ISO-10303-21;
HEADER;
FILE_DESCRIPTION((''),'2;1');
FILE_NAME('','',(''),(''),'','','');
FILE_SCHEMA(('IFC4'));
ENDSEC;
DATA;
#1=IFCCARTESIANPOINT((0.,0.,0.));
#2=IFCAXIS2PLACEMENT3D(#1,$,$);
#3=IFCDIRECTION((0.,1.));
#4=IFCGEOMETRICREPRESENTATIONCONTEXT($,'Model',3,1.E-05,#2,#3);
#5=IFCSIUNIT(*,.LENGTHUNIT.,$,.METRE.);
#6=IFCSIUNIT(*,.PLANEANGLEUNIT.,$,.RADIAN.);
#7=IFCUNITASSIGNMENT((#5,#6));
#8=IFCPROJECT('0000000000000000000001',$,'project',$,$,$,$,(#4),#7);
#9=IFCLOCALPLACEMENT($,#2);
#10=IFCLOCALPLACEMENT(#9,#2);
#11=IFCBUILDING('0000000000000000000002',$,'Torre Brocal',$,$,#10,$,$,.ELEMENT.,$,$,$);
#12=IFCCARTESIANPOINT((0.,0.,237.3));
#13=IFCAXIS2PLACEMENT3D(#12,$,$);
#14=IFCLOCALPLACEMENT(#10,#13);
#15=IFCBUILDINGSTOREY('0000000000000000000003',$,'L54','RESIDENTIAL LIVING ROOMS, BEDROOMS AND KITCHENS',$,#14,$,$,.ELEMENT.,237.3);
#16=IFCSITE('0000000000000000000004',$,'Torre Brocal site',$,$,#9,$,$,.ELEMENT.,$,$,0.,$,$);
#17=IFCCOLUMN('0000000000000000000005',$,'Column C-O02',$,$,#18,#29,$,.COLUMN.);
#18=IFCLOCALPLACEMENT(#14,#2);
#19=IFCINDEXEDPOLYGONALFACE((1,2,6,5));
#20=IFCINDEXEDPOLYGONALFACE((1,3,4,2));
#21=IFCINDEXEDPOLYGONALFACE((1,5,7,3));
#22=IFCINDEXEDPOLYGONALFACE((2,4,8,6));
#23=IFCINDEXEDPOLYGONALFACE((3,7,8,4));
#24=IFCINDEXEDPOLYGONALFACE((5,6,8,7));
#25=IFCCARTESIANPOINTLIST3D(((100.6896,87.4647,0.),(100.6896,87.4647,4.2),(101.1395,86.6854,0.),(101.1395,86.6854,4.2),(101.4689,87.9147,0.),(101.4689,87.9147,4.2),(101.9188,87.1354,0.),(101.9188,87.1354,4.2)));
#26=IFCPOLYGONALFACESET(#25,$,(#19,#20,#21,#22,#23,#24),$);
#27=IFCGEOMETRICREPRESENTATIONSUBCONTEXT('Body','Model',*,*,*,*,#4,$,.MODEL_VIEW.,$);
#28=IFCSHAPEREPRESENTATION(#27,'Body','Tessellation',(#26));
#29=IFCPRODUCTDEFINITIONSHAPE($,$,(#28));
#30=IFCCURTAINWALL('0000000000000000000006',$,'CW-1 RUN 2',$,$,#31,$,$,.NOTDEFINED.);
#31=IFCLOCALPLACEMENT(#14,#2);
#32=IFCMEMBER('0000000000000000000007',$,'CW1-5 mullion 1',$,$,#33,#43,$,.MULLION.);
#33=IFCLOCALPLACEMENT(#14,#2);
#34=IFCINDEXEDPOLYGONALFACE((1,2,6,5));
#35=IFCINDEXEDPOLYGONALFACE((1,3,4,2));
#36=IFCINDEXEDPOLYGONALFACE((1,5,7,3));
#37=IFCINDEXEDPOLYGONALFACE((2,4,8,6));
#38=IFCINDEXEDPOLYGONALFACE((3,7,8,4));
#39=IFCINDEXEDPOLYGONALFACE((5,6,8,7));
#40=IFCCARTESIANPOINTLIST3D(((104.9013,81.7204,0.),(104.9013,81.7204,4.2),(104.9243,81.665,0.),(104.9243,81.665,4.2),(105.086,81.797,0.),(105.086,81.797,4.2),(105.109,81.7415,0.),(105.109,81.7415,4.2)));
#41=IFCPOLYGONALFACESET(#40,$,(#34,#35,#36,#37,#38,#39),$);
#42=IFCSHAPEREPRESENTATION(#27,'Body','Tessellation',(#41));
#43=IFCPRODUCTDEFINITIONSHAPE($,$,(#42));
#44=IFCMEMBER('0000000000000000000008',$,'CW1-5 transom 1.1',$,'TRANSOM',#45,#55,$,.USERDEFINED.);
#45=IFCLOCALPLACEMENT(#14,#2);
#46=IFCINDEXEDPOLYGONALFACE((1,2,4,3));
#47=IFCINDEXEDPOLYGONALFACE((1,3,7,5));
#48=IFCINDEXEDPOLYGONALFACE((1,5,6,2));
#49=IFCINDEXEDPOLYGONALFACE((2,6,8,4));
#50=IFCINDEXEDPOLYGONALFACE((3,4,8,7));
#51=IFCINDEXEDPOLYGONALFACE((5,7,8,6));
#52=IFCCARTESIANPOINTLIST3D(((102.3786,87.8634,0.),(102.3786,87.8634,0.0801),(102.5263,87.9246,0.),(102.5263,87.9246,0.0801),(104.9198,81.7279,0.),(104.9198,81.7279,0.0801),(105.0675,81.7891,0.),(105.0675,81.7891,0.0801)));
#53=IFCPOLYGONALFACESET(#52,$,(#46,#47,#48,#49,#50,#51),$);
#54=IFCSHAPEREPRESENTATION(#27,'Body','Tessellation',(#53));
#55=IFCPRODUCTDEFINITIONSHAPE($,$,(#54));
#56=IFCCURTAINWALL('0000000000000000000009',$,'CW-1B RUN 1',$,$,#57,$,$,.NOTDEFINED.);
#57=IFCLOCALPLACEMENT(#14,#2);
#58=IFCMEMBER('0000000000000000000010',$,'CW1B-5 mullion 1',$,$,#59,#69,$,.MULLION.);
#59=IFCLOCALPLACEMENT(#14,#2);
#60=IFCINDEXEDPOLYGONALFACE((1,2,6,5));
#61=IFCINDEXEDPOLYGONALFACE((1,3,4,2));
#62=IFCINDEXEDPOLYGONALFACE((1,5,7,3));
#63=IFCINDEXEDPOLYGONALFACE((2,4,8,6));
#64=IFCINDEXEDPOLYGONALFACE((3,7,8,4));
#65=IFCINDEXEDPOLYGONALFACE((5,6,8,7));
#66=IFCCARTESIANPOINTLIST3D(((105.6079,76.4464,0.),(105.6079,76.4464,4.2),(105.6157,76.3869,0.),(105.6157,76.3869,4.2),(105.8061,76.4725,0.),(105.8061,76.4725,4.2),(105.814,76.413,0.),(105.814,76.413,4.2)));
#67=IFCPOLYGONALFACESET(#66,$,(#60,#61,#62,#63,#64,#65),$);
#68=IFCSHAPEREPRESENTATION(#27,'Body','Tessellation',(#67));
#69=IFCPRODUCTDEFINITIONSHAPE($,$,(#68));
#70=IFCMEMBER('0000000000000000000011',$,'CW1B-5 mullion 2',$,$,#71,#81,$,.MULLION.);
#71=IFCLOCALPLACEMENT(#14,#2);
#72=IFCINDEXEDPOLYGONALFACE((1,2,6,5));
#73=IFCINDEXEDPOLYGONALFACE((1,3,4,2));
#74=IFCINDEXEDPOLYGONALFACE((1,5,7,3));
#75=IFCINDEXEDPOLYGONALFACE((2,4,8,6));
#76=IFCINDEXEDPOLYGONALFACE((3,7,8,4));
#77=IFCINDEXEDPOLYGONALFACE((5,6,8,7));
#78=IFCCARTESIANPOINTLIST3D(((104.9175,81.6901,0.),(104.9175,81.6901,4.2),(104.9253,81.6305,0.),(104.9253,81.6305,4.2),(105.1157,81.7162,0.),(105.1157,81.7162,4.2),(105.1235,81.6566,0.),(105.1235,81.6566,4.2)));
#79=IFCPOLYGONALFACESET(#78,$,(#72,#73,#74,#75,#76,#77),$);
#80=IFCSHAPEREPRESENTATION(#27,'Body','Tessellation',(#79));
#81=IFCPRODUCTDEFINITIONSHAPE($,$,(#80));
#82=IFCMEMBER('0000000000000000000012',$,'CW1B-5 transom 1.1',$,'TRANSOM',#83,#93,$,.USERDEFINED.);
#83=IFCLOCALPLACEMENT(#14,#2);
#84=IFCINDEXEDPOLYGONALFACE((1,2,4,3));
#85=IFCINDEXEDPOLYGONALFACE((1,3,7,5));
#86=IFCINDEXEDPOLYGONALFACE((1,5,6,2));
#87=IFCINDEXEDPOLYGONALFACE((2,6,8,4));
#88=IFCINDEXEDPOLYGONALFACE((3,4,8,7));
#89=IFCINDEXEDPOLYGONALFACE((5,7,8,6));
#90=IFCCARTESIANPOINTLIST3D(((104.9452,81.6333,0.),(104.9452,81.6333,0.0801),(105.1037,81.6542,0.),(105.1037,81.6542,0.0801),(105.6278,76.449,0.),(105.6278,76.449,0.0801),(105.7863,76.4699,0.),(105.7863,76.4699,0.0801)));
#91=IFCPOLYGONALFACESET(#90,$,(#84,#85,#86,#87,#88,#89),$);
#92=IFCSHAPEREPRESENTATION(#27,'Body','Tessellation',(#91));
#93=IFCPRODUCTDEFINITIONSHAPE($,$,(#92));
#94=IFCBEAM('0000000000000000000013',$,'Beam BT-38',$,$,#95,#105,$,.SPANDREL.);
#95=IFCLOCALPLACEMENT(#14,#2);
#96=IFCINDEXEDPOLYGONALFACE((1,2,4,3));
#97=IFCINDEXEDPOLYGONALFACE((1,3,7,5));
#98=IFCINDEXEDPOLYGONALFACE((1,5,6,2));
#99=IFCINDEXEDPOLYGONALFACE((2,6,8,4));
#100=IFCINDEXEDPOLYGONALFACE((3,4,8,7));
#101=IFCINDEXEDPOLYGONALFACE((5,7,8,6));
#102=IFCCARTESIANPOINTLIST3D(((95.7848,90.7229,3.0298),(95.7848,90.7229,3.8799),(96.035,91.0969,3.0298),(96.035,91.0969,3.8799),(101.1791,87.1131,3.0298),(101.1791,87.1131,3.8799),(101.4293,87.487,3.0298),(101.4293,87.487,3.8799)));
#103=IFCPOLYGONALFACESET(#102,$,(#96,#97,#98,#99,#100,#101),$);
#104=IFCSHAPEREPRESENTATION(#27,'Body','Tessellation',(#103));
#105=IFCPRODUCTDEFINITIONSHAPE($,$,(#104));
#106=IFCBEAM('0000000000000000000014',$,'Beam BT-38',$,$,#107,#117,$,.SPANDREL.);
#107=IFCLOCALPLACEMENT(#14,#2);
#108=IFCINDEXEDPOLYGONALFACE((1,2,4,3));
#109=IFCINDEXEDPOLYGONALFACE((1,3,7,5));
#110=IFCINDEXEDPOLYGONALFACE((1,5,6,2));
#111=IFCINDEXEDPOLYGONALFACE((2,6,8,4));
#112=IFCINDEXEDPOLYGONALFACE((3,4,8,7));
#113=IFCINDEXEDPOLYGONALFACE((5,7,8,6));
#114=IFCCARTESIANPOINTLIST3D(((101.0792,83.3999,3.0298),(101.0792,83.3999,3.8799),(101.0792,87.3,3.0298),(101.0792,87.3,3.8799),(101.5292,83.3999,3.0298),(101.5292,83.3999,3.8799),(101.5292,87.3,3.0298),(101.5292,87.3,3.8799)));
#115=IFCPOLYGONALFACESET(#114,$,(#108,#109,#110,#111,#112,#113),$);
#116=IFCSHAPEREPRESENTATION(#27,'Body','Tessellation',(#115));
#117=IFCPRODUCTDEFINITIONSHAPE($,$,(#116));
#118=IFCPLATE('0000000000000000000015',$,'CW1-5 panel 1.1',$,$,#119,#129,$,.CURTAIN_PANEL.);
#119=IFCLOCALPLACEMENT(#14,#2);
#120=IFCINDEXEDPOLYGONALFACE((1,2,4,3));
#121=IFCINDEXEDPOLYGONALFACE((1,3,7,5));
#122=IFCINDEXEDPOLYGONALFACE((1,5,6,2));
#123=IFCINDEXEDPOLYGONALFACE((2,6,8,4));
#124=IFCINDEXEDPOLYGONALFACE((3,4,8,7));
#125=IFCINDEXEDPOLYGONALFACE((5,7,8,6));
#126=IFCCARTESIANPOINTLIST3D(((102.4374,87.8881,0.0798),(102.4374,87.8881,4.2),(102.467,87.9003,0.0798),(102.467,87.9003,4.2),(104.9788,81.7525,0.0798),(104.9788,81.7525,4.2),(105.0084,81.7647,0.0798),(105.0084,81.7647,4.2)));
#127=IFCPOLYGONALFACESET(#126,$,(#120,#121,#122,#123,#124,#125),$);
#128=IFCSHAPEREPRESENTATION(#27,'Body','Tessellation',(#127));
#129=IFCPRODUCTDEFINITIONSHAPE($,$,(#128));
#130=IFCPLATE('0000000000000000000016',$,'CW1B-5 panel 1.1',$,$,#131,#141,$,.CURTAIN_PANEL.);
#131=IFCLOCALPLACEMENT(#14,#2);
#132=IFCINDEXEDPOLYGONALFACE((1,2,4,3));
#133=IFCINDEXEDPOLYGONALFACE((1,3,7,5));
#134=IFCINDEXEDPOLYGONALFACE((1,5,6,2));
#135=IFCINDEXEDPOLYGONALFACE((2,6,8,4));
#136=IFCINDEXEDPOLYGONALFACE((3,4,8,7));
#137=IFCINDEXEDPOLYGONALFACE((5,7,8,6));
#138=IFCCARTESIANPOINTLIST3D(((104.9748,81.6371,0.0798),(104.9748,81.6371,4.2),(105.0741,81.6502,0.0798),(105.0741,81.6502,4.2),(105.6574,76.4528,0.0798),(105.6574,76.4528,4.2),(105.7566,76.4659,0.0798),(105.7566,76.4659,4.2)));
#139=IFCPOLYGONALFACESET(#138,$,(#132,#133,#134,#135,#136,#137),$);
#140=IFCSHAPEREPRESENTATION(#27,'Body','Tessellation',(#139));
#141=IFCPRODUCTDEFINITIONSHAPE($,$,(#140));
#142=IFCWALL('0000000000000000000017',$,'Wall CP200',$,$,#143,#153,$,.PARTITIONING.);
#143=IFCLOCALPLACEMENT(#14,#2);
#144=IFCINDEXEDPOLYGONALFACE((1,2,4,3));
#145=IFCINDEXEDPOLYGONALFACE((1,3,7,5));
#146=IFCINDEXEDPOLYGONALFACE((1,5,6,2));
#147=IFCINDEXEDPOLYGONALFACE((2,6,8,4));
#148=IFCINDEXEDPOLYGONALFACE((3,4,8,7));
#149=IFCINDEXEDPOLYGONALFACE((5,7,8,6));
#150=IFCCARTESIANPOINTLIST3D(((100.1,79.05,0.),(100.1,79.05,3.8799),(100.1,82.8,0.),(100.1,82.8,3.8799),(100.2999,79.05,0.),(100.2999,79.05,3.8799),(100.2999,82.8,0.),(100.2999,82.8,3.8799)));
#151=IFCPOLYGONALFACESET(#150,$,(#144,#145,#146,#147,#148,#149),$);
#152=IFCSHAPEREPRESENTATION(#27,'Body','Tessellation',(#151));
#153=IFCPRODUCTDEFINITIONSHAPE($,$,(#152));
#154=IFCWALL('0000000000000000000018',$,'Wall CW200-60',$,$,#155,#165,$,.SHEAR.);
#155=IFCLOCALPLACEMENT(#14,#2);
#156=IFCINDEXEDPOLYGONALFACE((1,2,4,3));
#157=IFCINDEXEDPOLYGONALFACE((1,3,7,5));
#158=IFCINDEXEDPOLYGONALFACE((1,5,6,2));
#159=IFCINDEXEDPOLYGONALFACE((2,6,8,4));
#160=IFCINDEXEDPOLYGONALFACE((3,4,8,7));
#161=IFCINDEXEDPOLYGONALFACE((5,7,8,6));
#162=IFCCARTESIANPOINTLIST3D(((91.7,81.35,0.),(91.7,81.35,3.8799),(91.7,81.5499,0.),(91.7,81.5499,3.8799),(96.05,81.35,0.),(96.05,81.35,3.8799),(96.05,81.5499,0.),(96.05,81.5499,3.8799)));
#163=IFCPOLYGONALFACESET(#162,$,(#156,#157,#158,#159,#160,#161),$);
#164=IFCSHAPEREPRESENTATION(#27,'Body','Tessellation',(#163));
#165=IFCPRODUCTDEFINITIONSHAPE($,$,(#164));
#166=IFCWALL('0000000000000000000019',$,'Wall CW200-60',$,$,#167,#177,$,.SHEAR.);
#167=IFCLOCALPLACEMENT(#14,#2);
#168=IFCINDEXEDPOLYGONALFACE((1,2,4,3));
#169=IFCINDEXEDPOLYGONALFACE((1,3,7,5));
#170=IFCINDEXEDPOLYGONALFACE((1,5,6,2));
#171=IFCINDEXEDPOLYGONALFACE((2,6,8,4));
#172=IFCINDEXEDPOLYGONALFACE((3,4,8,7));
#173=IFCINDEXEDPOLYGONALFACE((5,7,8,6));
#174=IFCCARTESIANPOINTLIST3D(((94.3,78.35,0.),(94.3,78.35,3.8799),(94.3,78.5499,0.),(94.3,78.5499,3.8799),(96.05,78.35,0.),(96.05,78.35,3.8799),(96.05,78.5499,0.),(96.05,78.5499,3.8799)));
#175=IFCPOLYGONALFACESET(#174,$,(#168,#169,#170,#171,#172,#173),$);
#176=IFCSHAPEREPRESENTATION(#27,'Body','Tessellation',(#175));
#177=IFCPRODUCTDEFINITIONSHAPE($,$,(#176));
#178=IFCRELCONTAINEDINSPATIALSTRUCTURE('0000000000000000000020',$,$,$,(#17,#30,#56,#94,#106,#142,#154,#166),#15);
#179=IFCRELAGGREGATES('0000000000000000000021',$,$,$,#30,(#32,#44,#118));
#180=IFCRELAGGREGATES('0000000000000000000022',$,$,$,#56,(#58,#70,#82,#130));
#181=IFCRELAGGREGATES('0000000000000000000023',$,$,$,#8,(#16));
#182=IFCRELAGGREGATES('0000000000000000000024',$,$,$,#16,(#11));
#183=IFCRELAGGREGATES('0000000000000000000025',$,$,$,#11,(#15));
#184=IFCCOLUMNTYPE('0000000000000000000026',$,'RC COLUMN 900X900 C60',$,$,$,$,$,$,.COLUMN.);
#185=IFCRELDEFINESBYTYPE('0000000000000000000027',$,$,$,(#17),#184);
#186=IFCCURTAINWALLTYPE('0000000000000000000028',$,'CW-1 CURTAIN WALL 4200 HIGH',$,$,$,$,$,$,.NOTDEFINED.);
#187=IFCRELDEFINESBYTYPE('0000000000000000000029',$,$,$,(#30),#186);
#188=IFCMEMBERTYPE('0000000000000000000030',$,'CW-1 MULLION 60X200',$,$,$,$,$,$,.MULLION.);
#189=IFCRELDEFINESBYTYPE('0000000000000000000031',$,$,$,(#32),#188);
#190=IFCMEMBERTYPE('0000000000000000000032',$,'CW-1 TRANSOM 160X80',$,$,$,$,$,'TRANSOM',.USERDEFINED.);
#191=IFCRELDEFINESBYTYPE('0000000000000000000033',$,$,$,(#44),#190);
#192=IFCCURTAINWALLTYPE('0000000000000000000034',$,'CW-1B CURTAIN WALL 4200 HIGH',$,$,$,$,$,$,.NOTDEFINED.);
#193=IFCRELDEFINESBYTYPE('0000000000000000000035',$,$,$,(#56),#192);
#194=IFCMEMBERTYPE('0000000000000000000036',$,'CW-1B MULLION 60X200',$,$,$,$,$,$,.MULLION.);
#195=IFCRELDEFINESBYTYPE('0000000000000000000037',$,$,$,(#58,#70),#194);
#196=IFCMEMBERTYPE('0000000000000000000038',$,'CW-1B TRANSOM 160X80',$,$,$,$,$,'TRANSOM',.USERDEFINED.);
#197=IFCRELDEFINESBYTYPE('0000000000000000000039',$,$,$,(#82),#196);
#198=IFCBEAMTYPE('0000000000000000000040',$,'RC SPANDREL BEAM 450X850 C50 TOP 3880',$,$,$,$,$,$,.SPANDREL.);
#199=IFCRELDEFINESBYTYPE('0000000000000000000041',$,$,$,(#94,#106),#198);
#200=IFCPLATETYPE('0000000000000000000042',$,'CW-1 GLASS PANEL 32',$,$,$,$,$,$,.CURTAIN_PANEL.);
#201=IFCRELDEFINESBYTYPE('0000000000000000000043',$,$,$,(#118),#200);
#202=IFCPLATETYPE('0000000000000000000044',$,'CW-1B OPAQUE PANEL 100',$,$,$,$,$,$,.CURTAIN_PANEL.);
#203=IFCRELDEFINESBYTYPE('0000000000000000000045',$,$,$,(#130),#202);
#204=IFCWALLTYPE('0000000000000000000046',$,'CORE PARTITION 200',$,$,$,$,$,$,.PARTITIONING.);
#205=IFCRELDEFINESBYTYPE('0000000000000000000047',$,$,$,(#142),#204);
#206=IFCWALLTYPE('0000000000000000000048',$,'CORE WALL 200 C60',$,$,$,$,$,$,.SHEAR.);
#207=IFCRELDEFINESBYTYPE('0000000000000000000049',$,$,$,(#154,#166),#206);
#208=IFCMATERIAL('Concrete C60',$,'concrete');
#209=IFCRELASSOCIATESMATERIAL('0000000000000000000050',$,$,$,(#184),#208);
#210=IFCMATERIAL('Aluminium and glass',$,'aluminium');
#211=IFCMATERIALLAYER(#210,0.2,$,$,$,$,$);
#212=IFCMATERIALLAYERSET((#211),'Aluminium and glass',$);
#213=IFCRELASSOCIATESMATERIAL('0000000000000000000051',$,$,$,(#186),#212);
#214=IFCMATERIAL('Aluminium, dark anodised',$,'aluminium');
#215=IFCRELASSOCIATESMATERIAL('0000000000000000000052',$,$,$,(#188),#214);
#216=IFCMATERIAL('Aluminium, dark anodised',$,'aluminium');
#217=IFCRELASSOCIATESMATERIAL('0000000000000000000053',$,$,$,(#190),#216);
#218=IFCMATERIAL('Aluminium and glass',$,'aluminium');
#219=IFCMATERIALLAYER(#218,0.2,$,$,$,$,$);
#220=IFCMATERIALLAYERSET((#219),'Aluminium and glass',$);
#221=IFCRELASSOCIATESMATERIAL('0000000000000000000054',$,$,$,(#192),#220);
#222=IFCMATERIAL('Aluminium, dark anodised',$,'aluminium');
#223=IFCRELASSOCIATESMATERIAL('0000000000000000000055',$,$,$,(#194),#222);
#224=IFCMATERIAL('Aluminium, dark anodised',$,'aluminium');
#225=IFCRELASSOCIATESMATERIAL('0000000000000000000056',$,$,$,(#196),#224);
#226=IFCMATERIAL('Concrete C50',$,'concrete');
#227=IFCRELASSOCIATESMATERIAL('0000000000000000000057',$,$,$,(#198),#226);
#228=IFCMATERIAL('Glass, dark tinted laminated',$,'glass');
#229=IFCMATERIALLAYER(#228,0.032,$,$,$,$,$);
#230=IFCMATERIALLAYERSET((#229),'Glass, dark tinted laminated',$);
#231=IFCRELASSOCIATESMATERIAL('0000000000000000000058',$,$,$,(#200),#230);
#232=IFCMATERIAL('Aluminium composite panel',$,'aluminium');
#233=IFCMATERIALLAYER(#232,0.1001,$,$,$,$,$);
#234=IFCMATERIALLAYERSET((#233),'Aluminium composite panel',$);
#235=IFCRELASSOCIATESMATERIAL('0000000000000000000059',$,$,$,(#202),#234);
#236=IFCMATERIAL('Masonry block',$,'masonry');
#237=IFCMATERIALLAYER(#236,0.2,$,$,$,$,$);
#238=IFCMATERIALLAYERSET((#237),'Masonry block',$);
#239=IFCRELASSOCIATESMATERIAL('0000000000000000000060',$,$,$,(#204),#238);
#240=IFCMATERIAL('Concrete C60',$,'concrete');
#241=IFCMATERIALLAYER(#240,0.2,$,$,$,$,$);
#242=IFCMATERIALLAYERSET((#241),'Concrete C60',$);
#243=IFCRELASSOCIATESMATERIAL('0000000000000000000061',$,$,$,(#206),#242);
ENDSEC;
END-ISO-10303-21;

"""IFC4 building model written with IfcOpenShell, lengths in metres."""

from ifc_helpers import new_model, si_unit, direction, frame, frame_2d, origin, origin_2d, place, context, subcontext, project, spatial, rectangle, extrude, material, layer, layer_set, material_profile, profile_set, type_object, element, aggregate, save


model = new_model("IFC4")

# Units and contexts
model_context = context("Model", 3, precision=1e-05, world=origin(), true_north=direction((0.0, 1.0)))
body_context = subcontext(model_context, "Body", "Model", "MODEL_VIEW")
ifc_project = project(units=[si_unit("LENGTHUNIT", "METRE"), si_unit("PLANEANGLEUNIT", "RADIAN")], contexts=[model_context])

# Site, building, storey
site_placement = place(None, origin())
site = spatial("IfcSite", under=ifc_project, at=site_placement, Name="Torre Brocal site", CompositionType="ELEMENT", RefElevation=0.0)
building_placement = place(site_placement, origin())
building = spatial("IfcBuilding", under=site, at=building_placement, Name="Torre Brocal", CompositionType="ELEMENT")
storey_placement = place(building_placement, frame((0.0, 0.0, 237.3)))
storey = spatial("IfcBuildingStorey", under=building, at=storey_placement, Name="L54", Description="RESIDENTIAL LIVING ROOMS, BEDROOMS AND KITCHENS", CompositionType="ELEMENT", Elevation=237.3)

# Column
ifc_material_1 = material(Name="Concrete C60", Category="concrete")
ifc_material_profile_1 = material_profile(ifc_material_1, rectangle(XDim=0.8999, YDim=0.8999, at=origin_2d()), Name="RC 900X900")
ifc_profile_set_1 = profile_set([ifc_material_profile_1], Name="Concrete C60")
column_type = type_object("IfcColumnType", Name="RC COLUMN 900X900 C60", PredefinedType="COLUMN", material=ifc_profile_set_1)
column_placement = place(storey_placement, frame((101.3042, 87.3, 0.0), z_axis=(0.0, 0.0, 1.0), x_axis=(0.866025, 0.5, 0.0)))
element("IfcColumn", 1, at=column_placement, inside=storey, type_object=column_type, Name="Column C-O02", PredefinedType="COLUMN", context=body_context, shape_type="SweptSolid", body=[
    extrude(rectangle(XDim=0.8999, YDim=0.8999, at=origin_2d()), origin(), (0.0, 0.0, 1.0), 4.2),
])

# Curtain walls, members
ifc_material_2 = material(Name="Aluminium and glass", Category="aluminium")
ifc_layer_1 = layer(ifc_material_2, 0.2)
ifc_layer_set_1 = layer_set([ifc_layer_1], Name="Aluminium and glass")
curtain_wall_type_1 = type_object("IfcCurtainWallType", Name="CW-1 CURTAIN WALL 4200 HIGH", PredefinedType="NOTDEFINED", material=ifc_layer_set_1)
curtain_wall_1_placement = place(storey_placement, origin())
curtain_wall_1 = element("IfcCurtainWall", 2, at=curtain_wall_1_placement, inside=storey, type_object=curtain_wall_type_1, Name="CW-1 RUN 2", PredefinedType="NOTDEFINED")
ifc_material_3 = material(Name="Aluminium, dark anodised", Category="aluminium")
ifc_material_profile_2 = material_profile(ifc_material_3, rectangle(XDim=0.2, YDim=0.0601, at=origin_2d()), Name="CW-1 MULLION 60X200")
ifc_profile_set_2 = profile_set([ifc_material_profile_2], Name="Aluminium, dark anodised")
member_type_1 = type_object("IfcMemberType", Name="CW-1 MULLION 60X200", PredefinedType="MULLION", material=ifc_profile_set_2)
member_1_placement = place(storey_placement, frame((105.0051, 81.731, 0.0), z_axis=(0.0, 0.0, 1.0), x_axis=(-0.92388, -0.382683, 0.0)))
member_1 = element("IfcMember", 3, at=member_1_placement, type_object=member_type_1, Name="CW1-5 mullion 1", PredefinedType="MULLION", context=body_context, shape_type="SweptSolid", body=[
    extrude(rectangle(XDim=0.2, YDim=0.0601, at=origin_2d()), origin(), (0.0, 0.0, 1.0), 4.2),
])
ifc_material_4 = material(Name="Aluminium, dark anodised", Category="aluminium")
ifc_material_profile_3 = material_profile(ifc_material_4, rectangle(XDim=0.1599, YDim=0.0801, at=origin_2d()), Name="CW-1 TRANSOM 160X80")
ifc_profile_set_3 = profile_set([ifc_material_profile_3], Name="Aluminium, dark anodised")
member_type_2 = type_object("IfcMemberType", Name="CW-1 TRANSOM 160X80", ElementType="TRANSOM", PredefinedType="USERDEFINED", material=ifc_profile_set_3)
member_2_placement = place(storey_placement, frame((104.9937, 81.7585, 0.04), z_axis=(-0.382665, 0.923887, 0.0), x_axis=(-0.923887, -0.382665, 0.0)))
member_2 = element("IfcMember", 4, at=member_2_placement, type_object=member_type_2, Name="CW1-5 transom 1.1", ObjectType="TRANSOM", PredefinedType="USERDEFINED", context=body_context, shape_type="SweptSolid", body=[
    extrude(rectangle(XDim=0.1599, YDim=0.0801, at=origin_2d()), origin(), (0.0, 0.0, 1.0), 6.6409),
])
ifc_material_5 = material(Name="Aluminium and glass", Category="aluminium")
ifc_layer_2 = layer(ifc_material_5, 0.2)
ifc_layer_set_2 = layer_set([ifc_layer_2], Name="Aluminium and glass")
curtain_wall_type_2 = type_object("IfcCurtainWallType", Name="CW-1B CURTAIN WALL 4200 HIGH", PredefinedType="NOTDEFINED", material=ifc_layer_set_2)
curtain_wall_2_placement = place(storey_placement, origin())
curtain_wall_2 = element("IfcCurtainWall", 5, at=curtain_wall_2_placement, inside=storey, type_object=curtain_wall_type_2, Name="CW-1B RUN 1", PredefinedType="NOTDEFINED")
ifc_material_6 = material(Name="Aluminium, dark anodised", Category="aluminium")
ifc_material_profile_4 = material_profile(ifc_material_6, rectangle(XDim=0.2, YDim=0.0601, at=origin_2d()), Name="CW-1B MULLION 60X200")
ifc_profile_set_4 = profile_set([ifc_material_profile_4], Name="Aluminium, dark anodised")
member_type_3 = type_object("IfcMemberType", Name="CW-1B MULLION 60X200", PredefinedType="MULLION", material=ifc_profile_set_4)
member_3_placement = place(storey_placement, frame((105.7109, 76.4297, 0.0), z_axis=(0.0, 0.0, 1.0), x_axis=(-0.991445, -0.130526, 0.0)))
member_3 = element("IfcMember", 6, at=member_3_placement, type_object=member_type_3, Name="CW1B-5 mullion 1", PredefinedType="MULLION", context=body_context, shape_type="SweptSolid", body=[
    extrude(rectangle(XDim=0.2, YDim=0.0601, at=origin_2d()), origin(), (0.0, 0.0, 1.0), 4.2),
])
member_4_placement = place(storey_placement, frame((105.0205, 81.6733, 0.0), z_axis=(0.0, 0.0, 1.0), x_axis=(-0.991445, -0.130526, 0.0)))
member_4 = element("IfcMember", 7, at=member_4_placement, type_object=member_type_3, Name="CW1B-5 mullion 2", PredefinedType="MULLION", context=body_context, shape_type="SweptSolid", body=[
    extrude(rectangle(XDim=0.2, YDim=0.0601, at=origin_2d()), origin(), (0.0, 0.0, 1.0), 4.2),
])
ifc_material_7 = material(Name="Aluminium, dark anodised", Category="aluminium")
ifc_material_profile_5 = material_profile(ifc_material_7, rectangle(XDim=0.1599, YDim=0.0801, at=origin_2d()), Name="CW-1B TRANSOM 160X80")
ifc_profile_set_5 = profile_set([ifc_material_profile_5], Name="Aluminium, dark anodised")
member_type_4 = type_object("IfcMemberType", Name="CW-1B TRANSOM 160X80", ElementType="TRANSOM", PredefinedType="USERDEFINED", material=ifc_profile_set_5)
member_5_placement = place(storey_placement, frame((105.707, 76.4595, 0.04), z_axis=(-0.130543, 0.991443, 0.0), x_axis=(-0.991443, -0.130543, 0.0)))
member_5 = element("IfcMember", 8, at=member_5_placement, type_object=member_type_4, Name="CW1B-5 transom 1.1", ObjectType="TRANSOM", PredefinedType="USERDEFINED", context=body_context, shape_type="SweptSolid", body=[
    extrude(rectangle(XDim=0.1599, YDim=0.0801, at=origin_2d()), origin(), (0.0, 0.0, 1.0), 5.229),
])

# Beams
ifc_material_8 = material(Name="Concrete C50", Category="concrete")
ifc_material_profile_6 = material_profile(ifc_material_8, rectangle(XDim=0.45, YDim=0.8501, at=origin_2d()), Name="RC 450X850")
ifc_profile_set_6 = profile_set([ifc_material_profile_6], Name="Concrete C50")
beam_type = type_object("IfcBeamType", Name="RC SPANDREL BEAM 450X850 C50 TOP 3880", PredefinedType="SPANDREL", material=ifc_profile_set_6)
beam_1_placement = place(storey_placement, frame((101.3042, 87.3, 3.4548), z_axis=(-0.831077, 0.556158, 0.0), x_axis=(-0.556158, -0.831077, 0.0)))
element("IfcBeam", 9, at=beam_1_placement, inside=storey, type_object=beam_type, Name="Beam BT-38", PredefinedType="SPANDREL", context=body_context, shape_type="SweptSolid", body=[
    extrude(rectangle(XDim=0.45, YDim=0.8501, at=origin_2d()), origin(), (0.0, 0.0, 1.0), 6.4907),
])
beam_2_placement = place(storey_placement, frame((101.3042, 87.3, 3.4548), z_axis=(0.0, -1.0, 0.0), x_axis=(1.0, 0.0, 0.0)))
element("IfcBeam", 10, at=beam_2_placement, inside=storey, type_object=beam_type, Name="Beam BT-38", PredefinedType="SPANDREL", context=body_context, shape_type="SweptSolid", body=[
    extrude(rectangle(XDim=0.45, YDim=0.8501, at=origin_2d()), origin(), (0.0, 0.0, 1.0), 3.9001),
])

# Plates
ifc_material_9 = material(Name="Glass, dark tinted laminated", Category="glass")
ifc_layer_3 = layer(ifc_material_9, 0.032)
ifc_layer_set_3 = layer_set([ifc_layer_3], Name="Glass, dark tinted laminated")
plate_type_1 = type_object("IfcPlateType", Name="CW-1 GLASS PANEL 32", PredefinedType="CURTAIN_PANEL", material=ifc_layer_set_3)
plate_1_placement = place(storey_placement, frame((103.7229, 84.8264, 0.0798), z_axis=(0.0, 0.0, 1.0), x_axis=(-0.382683, 0.92388, 0.0)))
plate_1 = element("IfcPlate", 11, at=plate_1_placement, type_object=plate_type_1, Name="CW1-5 panel 1.1", PredefinedType="CURTAIN_PANEL", context=body_context, shape_type="SweptSolid", body=[
    extrude(rectangle(XDim=6.6411, YDim=0.032, at=origin_2d()), origin(), (0.0, 0.0, 1.0), 4.1201),
])
aggregate(curtain_wall_1, [member_1, member_2, plate_1])
ifc_material_10 = material(Name="Aluminium composite panel", Category="aluminium")
ifc_layer_4 = layer(ifc_material_10, 0.1001)
ifc_layer_set_4 = layer_set([ifc_layer_4], Name="Aluminium composite panel")
plate_type_2 = type_object("IfcPlateType", Name="CW-1B OPAQUE PANEL 100", PredefinedType="CURTAIN_PANEL", material=ifc_layer_set_4)
plate_2_placement = place(storey_placement, frame((105.3657, 79.0515, 0.0798), z_axis=(0.0, 0.0, 1.0), x_axis=(-0.130526, 0.991445, 0.0)))
plate_2 = element("IfcPlate", 12, at=plate_2_placement, type_object=plate_type_2, Name="CW1B-5 panel 1.1", PredefinedType="CURTAIN_PANEL", context=body_context, shape_type="SweptSolid", body=[
    extrude(rectangle(XDim=5.229, YDim=0.1001, at=origin_2d()), origin(), (0.0, 0.0, 1.0), 4.1201),
])
aggregate(curtain_wall_2, [member_3, member_4, member_5, plate_2])

# Walls
ifc_material_11 = material(Name="Masonry block", Category="masonry")
ifc_layer_5 = layer(ifc_material_11, 0.2)
ifc_layer_set_5 = layer_set([ifc_layer_5], Name="Masonry block")
wall_type_1 = type_object("IfcWallType", Name="CORE PARTITION 200", PredefinedType="PARTITIONING", material=ifc_layer_set_5)
wall_1_placement = place(storey_placement, frame((100.2, 79.05, 0.0), z_axis=(0.0, 0.0, 1.0), x_axis=(0.0, 1.0, 0.0)))
element("IfcWall", 13, at=wall_1_placement, inside=storey, type_object=wall_type_1, Name="Wall CP200", PredefinedType="PARTITIONING", context=body_context, shape_type="SweptSolid", body=[
    extrude(rectangle(XDim=3.75, YDim=0.2, at=frame_2d((1.875, 0.0))), origin(), (0.0, 0.0, 1.0), 3.8799),
])
ifc_material_12 = material(Name="Concrete C60", Category="concrete")
ifc_layer_6 = layer(ifc_material_12, 0.2)
ifc_layer_set_6 = layer_set([ifc_layer_6], Name="Concrete C60")
wall_type_2 = type_object("IfcWallType", Name="CORE WALL 200 C60", PredefinedType="SHEAR", material=ifc_layer_set_6)
wall_2_placement = place(storey_placement, frame((91.7, 81.45, 0.0), z_axis=(0.0, 0.0, 1.0), x_axis=(1.0, 0.0, 0.0)))
element("IfcWall", 14, at=wall_2_placement, inside=storey, type_object=wall_type_2, Name="Wall CW200-60", PredefinedType="SHEAR", context=body_context, shape_type="SweptSolid", body=[
    extrude(rectangle(XDim=4.3501, YDim=0.2, at=frame_2d((2.175, 0.0))), origin(), (0.0, 0.0, 1.0), 3.8799),
])
wall_3_placement = place(storey_placement, frame((94.3, 78.45, 0.0), z_axis=(0.0, 0.0, 1.0), x_axis=(1.0, 0.0, 0.0)))
element("IfcWall", 15, at=wall_3_placement, inside=storey, type_object=wall_type_2, Name="Wall CW200-60", PredefinedType="SHEAR", context=body_context, shape_type="SweptSolid", body=[
    extrude(rectangle(XDim=1.75, YDim=0.2, at=frame_2d((0.875, 0.0))), origin(), (0.0, 0.0, 1.0), 3.8799),
])

save(model, "model.ifc")
